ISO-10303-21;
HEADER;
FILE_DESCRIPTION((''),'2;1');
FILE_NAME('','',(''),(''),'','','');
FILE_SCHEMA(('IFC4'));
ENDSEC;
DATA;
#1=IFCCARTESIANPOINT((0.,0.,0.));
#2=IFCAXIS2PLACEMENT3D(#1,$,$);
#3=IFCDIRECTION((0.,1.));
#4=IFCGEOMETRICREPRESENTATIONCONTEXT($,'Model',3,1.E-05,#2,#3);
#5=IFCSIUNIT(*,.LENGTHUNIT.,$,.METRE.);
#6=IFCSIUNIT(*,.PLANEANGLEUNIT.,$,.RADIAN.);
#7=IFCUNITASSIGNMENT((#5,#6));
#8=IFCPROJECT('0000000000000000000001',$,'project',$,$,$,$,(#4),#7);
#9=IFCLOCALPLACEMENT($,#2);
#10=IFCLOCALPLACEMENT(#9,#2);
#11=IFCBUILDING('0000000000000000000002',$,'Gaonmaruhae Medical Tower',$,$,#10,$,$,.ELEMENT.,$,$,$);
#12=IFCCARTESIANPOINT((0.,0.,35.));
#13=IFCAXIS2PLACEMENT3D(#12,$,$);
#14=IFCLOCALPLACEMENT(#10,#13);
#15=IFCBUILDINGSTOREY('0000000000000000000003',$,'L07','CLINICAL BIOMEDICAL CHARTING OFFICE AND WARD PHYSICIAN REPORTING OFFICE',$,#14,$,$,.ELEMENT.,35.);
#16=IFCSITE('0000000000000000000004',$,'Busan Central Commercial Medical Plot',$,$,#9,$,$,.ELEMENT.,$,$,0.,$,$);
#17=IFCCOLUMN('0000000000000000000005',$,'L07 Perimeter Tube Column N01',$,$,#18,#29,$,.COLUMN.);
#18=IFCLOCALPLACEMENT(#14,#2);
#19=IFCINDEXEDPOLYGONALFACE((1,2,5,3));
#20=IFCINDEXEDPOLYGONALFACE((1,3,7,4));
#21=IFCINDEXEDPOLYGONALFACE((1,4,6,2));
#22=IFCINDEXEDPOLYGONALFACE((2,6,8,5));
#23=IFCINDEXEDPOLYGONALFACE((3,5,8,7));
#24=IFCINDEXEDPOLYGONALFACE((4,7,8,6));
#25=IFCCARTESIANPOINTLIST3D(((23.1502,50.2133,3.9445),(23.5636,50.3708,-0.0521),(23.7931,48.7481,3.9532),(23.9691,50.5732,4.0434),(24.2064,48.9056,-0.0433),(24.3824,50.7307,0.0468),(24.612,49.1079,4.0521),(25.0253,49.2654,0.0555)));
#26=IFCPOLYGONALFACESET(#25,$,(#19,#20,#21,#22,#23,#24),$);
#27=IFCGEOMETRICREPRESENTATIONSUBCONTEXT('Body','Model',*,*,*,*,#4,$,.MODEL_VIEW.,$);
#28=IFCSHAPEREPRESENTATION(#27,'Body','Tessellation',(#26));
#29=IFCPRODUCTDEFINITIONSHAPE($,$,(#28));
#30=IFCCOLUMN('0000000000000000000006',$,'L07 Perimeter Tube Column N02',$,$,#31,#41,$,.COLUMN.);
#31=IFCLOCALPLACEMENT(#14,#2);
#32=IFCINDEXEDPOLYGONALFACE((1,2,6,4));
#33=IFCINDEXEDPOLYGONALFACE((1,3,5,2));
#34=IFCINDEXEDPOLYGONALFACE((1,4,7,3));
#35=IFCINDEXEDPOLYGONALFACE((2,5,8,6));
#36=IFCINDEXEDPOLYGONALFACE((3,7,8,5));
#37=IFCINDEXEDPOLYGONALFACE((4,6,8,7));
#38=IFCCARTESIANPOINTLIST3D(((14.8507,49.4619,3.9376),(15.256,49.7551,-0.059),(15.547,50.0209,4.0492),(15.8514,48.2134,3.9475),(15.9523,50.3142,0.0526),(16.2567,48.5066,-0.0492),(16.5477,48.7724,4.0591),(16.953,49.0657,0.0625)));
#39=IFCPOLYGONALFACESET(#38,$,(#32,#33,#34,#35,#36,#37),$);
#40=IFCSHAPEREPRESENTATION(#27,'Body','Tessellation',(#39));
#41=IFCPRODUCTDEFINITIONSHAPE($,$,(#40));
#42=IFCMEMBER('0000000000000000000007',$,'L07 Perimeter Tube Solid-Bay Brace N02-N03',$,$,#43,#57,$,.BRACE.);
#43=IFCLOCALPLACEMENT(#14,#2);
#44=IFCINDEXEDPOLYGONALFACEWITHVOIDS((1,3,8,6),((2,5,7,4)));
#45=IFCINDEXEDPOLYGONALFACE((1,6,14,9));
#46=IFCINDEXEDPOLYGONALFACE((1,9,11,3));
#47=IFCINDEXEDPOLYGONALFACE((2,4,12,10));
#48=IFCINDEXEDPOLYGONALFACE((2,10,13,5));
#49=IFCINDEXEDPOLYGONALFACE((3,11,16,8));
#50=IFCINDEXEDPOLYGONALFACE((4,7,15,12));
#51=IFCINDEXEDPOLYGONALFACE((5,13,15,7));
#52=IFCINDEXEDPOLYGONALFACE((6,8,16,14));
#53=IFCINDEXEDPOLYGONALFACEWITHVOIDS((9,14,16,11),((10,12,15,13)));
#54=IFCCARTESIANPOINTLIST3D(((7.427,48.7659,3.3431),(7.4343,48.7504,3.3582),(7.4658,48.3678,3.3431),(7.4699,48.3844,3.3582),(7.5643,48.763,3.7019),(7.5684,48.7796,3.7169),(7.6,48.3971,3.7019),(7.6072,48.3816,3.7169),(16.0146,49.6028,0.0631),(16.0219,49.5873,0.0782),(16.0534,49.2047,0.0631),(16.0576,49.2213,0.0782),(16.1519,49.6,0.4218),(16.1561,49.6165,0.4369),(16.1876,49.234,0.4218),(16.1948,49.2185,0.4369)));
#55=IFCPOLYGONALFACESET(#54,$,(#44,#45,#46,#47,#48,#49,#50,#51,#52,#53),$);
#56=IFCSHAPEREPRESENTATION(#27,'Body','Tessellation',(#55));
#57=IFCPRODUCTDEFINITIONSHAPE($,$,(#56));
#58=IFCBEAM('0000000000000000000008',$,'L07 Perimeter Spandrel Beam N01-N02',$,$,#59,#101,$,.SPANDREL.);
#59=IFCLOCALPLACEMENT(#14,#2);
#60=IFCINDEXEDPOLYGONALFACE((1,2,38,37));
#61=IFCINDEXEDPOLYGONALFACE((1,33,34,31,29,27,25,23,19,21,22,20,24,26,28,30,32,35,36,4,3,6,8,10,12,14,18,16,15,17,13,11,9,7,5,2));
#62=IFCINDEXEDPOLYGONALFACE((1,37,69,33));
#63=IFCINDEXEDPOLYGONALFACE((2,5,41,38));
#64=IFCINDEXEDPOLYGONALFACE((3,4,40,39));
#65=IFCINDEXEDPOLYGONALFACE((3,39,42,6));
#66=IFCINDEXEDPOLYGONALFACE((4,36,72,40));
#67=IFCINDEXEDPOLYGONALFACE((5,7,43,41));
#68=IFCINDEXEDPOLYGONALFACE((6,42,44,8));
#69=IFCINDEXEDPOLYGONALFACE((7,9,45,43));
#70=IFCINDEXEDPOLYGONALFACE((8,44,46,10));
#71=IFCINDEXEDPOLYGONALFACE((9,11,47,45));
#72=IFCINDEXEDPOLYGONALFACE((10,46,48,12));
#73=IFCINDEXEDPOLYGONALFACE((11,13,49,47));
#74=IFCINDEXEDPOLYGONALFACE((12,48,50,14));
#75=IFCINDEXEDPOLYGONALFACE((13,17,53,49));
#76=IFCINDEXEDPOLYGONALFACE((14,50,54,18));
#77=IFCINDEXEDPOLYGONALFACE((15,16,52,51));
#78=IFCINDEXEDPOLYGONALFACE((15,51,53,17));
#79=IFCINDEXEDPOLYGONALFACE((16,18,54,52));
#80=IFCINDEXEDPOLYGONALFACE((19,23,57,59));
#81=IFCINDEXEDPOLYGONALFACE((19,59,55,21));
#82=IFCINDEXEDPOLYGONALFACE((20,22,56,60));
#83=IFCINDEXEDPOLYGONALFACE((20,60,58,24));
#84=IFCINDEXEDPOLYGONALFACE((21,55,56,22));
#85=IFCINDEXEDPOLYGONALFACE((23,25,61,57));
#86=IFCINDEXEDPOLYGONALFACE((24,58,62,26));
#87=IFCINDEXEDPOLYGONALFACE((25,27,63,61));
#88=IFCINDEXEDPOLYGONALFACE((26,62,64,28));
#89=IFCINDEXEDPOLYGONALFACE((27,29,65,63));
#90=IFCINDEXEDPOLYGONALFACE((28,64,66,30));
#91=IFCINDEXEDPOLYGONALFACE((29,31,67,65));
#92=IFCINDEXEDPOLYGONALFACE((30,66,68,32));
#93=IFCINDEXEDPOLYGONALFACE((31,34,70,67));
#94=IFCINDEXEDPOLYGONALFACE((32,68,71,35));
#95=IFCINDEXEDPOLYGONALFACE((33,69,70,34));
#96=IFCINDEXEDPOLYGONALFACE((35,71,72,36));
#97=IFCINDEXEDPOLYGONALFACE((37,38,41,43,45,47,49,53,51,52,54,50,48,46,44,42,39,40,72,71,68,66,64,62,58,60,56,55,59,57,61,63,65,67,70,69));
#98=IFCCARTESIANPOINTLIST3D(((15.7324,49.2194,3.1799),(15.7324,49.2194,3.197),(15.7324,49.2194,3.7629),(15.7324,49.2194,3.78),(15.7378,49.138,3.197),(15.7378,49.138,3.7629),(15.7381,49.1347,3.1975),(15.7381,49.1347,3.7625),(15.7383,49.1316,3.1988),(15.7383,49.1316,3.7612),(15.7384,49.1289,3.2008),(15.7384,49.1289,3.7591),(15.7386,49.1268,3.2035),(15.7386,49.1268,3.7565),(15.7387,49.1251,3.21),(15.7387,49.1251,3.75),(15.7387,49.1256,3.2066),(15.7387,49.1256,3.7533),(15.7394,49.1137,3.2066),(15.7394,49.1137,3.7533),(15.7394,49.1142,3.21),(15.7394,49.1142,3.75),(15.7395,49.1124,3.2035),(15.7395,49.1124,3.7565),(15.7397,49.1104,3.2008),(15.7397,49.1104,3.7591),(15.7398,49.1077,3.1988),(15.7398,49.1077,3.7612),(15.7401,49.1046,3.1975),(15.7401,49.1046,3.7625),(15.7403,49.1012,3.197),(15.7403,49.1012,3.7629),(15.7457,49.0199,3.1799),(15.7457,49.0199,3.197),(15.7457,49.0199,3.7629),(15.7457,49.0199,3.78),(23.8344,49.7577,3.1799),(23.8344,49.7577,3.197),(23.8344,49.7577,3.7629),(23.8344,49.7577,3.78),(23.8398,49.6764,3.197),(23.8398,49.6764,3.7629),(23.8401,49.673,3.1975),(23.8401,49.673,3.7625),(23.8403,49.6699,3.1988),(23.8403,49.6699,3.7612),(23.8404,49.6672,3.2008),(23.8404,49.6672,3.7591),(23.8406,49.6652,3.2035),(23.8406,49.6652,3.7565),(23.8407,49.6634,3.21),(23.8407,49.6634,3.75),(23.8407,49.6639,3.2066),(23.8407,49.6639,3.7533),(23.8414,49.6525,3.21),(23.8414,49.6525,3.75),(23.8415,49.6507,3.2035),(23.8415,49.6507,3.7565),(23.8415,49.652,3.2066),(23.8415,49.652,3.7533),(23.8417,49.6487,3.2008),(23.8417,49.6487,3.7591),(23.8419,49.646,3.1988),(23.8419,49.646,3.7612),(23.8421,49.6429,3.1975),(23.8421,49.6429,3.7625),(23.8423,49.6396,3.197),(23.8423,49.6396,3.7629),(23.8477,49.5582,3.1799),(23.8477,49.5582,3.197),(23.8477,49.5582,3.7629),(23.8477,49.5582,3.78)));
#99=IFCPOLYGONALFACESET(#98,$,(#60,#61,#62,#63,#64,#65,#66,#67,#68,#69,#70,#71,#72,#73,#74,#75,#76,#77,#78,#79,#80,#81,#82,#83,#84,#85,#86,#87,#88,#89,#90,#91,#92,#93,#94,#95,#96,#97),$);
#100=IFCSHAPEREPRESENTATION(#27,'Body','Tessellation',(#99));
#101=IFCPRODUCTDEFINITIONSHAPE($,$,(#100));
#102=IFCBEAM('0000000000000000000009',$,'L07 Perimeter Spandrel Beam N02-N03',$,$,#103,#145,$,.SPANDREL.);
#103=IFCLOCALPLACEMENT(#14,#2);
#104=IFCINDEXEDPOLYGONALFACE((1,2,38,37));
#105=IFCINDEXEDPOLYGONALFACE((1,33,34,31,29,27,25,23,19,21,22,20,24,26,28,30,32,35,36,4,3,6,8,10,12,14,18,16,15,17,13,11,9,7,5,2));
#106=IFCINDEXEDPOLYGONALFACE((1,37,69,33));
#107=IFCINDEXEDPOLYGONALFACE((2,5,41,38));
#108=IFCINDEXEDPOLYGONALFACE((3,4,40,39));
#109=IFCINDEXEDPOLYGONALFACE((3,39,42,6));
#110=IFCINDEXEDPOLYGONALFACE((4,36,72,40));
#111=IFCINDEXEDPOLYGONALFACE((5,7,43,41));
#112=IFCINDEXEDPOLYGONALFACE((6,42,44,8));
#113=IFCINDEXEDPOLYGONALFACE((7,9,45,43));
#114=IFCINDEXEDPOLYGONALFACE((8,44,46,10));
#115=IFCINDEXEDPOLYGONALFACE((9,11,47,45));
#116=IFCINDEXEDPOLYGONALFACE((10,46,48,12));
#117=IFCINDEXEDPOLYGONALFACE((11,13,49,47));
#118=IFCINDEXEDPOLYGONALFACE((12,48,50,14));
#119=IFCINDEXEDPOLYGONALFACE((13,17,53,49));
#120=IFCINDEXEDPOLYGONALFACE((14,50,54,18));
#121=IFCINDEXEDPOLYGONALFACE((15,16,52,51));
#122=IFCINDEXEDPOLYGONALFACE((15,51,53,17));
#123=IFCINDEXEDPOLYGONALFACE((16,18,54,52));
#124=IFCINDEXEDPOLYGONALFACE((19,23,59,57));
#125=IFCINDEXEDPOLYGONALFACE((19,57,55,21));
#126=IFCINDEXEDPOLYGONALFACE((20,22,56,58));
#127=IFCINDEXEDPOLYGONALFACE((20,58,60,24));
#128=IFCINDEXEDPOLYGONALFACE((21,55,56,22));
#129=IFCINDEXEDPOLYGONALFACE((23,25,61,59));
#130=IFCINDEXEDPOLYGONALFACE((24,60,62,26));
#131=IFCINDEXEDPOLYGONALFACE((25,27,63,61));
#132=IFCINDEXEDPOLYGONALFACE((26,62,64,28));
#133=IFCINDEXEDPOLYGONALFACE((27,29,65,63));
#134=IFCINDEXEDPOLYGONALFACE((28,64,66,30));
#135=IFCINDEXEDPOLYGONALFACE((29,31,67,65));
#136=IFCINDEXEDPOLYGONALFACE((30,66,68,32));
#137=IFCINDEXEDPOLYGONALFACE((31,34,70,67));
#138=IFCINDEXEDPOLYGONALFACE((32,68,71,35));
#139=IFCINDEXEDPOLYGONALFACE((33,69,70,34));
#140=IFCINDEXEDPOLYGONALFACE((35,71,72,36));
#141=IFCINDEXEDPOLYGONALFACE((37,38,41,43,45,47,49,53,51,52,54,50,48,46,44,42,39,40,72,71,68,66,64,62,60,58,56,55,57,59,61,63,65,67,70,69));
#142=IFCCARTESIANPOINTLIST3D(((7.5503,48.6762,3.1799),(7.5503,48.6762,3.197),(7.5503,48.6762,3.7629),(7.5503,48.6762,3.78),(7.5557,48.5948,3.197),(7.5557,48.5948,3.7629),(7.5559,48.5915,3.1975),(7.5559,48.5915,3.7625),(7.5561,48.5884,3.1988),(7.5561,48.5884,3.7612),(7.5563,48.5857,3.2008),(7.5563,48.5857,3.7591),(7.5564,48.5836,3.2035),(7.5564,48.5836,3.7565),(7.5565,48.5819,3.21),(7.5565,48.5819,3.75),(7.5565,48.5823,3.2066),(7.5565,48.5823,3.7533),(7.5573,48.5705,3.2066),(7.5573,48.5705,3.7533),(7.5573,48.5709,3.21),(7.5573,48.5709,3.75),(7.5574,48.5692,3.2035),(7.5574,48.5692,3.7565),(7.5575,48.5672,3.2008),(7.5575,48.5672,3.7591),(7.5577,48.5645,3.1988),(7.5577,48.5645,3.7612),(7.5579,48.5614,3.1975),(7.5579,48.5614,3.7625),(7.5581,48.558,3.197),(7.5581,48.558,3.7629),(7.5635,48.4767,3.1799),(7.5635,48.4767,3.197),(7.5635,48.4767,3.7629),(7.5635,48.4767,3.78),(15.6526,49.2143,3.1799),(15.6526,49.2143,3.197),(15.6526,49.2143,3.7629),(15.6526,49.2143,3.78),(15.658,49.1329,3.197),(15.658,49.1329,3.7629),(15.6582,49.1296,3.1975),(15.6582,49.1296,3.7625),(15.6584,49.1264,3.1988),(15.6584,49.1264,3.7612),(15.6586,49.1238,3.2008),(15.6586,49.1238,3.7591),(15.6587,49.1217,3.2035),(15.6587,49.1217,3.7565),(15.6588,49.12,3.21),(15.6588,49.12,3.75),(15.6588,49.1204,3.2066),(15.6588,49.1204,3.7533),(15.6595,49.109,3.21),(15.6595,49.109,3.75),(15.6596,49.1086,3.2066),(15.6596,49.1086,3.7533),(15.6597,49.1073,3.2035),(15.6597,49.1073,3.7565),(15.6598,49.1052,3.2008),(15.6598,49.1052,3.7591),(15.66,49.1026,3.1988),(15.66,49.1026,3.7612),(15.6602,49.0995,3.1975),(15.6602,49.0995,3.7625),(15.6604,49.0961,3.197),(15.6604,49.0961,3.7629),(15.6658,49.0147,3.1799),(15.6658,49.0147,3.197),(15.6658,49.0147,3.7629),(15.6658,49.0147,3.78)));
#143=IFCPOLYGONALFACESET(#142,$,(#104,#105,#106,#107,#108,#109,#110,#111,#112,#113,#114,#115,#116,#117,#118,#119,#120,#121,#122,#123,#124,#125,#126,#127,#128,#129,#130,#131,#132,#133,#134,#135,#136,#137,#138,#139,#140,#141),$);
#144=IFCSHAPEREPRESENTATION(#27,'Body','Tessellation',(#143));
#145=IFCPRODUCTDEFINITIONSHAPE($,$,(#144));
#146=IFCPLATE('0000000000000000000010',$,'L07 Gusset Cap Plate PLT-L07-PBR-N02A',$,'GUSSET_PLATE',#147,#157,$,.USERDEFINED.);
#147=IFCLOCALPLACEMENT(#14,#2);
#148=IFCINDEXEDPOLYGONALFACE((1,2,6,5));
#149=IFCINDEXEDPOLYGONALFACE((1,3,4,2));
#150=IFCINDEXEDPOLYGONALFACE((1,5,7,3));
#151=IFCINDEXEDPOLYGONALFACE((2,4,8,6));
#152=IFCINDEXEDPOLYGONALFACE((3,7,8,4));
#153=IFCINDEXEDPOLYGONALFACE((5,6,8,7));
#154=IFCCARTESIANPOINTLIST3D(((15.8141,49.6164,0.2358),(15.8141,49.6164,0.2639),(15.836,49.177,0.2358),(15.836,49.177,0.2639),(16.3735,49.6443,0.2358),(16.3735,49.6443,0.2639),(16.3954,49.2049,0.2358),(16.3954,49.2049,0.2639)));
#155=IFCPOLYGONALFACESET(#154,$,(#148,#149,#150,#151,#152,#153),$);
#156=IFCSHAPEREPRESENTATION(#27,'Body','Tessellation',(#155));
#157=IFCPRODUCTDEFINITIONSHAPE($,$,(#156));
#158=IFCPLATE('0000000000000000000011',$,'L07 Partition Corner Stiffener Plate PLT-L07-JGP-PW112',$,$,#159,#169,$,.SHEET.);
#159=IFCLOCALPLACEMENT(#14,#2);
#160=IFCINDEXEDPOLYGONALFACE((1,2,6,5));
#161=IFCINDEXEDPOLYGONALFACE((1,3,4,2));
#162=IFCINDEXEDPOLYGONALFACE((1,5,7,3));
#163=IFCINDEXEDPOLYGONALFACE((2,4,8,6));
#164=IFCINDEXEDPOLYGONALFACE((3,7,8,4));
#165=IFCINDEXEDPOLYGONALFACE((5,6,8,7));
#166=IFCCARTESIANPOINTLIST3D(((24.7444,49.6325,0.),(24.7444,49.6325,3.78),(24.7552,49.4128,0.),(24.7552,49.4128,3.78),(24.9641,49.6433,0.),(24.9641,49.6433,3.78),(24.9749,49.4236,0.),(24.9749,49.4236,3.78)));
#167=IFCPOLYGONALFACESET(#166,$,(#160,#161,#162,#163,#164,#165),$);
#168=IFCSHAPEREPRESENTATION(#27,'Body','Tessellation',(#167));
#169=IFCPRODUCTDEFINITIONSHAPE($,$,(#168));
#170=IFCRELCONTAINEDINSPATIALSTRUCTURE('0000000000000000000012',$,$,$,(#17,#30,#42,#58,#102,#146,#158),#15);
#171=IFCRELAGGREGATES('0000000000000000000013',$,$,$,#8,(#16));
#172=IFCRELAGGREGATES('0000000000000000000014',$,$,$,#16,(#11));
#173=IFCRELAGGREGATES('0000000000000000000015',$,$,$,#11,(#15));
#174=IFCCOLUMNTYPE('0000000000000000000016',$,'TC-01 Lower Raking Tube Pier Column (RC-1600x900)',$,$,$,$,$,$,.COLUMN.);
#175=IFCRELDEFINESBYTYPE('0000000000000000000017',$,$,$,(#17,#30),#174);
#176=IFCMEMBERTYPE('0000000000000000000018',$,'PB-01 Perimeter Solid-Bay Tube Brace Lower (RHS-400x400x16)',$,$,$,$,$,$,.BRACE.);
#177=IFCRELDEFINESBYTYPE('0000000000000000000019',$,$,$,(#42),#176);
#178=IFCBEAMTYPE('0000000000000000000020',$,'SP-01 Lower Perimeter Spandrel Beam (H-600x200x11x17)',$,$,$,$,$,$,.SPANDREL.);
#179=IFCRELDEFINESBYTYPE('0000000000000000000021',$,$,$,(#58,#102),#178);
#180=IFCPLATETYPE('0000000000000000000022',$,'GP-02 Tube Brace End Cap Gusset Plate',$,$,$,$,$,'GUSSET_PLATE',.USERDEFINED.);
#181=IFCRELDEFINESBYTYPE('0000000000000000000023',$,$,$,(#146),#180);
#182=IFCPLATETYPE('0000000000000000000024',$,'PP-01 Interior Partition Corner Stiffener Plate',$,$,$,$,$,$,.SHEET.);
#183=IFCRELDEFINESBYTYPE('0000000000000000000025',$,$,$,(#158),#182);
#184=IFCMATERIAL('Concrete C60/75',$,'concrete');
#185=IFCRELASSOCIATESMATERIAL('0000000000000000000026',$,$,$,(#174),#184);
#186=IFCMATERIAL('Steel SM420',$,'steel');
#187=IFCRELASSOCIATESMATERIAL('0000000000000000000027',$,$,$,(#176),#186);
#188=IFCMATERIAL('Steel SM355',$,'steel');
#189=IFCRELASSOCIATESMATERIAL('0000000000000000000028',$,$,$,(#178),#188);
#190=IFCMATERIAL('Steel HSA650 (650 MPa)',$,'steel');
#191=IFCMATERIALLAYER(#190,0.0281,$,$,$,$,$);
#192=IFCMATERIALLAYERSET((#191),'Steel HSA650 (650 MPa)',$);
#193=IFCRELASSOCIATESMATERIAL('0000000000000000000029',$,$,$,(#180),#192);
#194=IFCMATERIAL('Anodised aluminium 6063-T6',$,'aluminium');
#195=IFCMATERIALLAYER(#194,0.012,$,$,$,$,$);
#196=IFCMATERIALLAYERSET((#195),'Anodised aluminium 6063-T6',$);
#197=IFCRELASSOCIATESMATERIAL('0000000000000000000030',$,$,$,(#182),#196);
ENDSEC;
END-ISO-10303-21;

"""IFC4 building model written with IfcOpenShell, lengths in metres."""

from ifc_helpers import new_model, si_unit, direction, frame, origin, origin_2d, place, context, subcontext, project, spatial, rectangle, hollow_rectangle, i_section, extrude, material, layer, layer_set, material_profile, profile_set, type_object, element, save


model = new_model("IFC4")

# Units and contexts
model_context = context("Model", 3, precision=1e-05, world=origin(), true_north=direction((0.0, 1.0)))
body_context = subcontext(model_context, "Body", "Model", "MODEL_VIEW")
ifc_project = project(units=[si_unit("LENGTHUNIT", "METRE"), si_unit("PLANEANGLEUNIT", "RADIAN")], contexts=[model_context])

# Site, building, storey
site_placement = place(None, origin())
site = spatial("IfcSite", under=ifc_project, at=site_placement, Name="Busan Central Commercial Medical Plot", CompositionType="ELEMENT", RefElevation=0.0)
building_placement = place(site_placement, origin())
building = spatial("IfcBuilding", under=site, at=building_placement, Name="Gaonmaruhae Medical Tower", CompositionType="ELEMENT")
storey_placement = place(building_placement, frame((0.0, 0.0, 35.0)))
storey = spatial("IfcBuildingStorey", under=building, at=storey_placement, Name="L07", Description="CLINICAL BIOMEDICAL CHARTING OFFICE AND WARD PHYSICIAN REPORTING OFFICE", CompositionType="ELEMENT", Elevation=35.0)

# Columns
ifc_material_1 = material(Name="Concrete C60/75", Category="concrete")
ifc_material_profile_1 = material_profile(ifc_material_1, rectangle(XDim=1.6001, YDim=0.8999, at=origin_2d()), Name="RC-1600x900")
ifc_profile_set_1 = profile_set([ifc_material_profile_1], Name="Concrete C60/75")
column_type = type_object("IfcColumnType", Name="TC-01 Lower Raking Tube Pier Column (RC-1600x900)", PredefinedType="COLUMN", material=ifc_profile_set_1)
column_1_placement = place(storey_placement, frame((24.2944, 49.8181, 0.0017), z_axis=(-0.102793, -0.039162, 0.993932), x_axis=(0.40176, -0.915729, 0.005469)))
element("IfcColumn", 1, at=column_1_placement, inside=storey, type_object=column_type, Name="L07 Perimeter Tube Column N01", PredefinedType="COLUMN", context=body_context, shape_type="SweptSolid", body=[
    extrude(rectangle(XDim=1.6001, YDim=0.8999, at=origin_2d()), origin(), (0.0, 0.0, 1.0), 4.021),
])
column_2_placement = place(storey_placement, frame((16.1045, 49.4104, 0.0017), z_axis=(-0.10062, -0.072798, 0.992258), x_axis=(0.625414, -0.780268, 0.006175)))
element("IfcColumn", 2, at=column_2_placement, inside=storey, type_object=column_type, Name="L07 Perimeter Tube Column N02", PredefinedType="COLUMN", context=body_context, shape_type="SweptSolid", body=[
    extrude(rectangle(XDim=1.6001, YDim=0.8999, at=origin_2d()), origin(), (0.0, 0.0, 1.0), 4.0278),
])

# Member
ifc_material_2 = material(Name="Steel SM420", Category="steel")
ifc_material_profile_2 = material_profile(ifc_material_2, hollow_rectangle(XDim=0.3999, YDim=0.3999, WallThickness=0.0161, at=origin_2d()), Name="RHS-400x400x16")
ifc_profile_set_2 = profile_set([ifc_material_profile_2], Name="Steel SM420")
member_type = type_object("IfcMemberType", Name="PB-01 Perimeter Solid-Bay Tube Brace Lower (RHS-400x400x16)", PredefinedType="BRACE", material=ifc_profile_set_2)
member_placement = place(storey_placement, frame((16.1047, 49.4106, 0.25), z_axis=(-0.930331, -0.090666, 0.355337), x_axis=(0.096996, -0.995285, 0.0)))
element("IfcMember", 3, at=member_placement, inside=storey, type_object=member_type, Name="L07 Perimeter Tube Solid-Bay Brace N02-N03", PredefinedType="BRACE", context=body_context, shape_type="SweptSolid", body=[
    extrude(hollow_rectangle(XDim=0.3999, YDim=0.3999, WallThickness=0.0161, at=origin_2d()), origin(), (0.0, 0.0, 1.0), 9.2307),
])

# Beams
ifc_material_3 = material(Name="Steel SM355", Category="steel")
ifc_material_profile_3 = material_profile(ifc_material_3, i_section(OverallWidth=0.2, OverallDepth=0.6001, WebThickness=0.011, FlangeThickness=0.0171, FilletRadius=0.0129, at=origin_2d()), Name="H-600x200x11x17")
ifc_profile_set_3 = profile_set([ifc_material_profile_3], Name="Steel SM355")
beam_type = type_object("IfcBeamType", Name="SP-01 Lower Perimeter Spandrel Beam (H-600x200x11x17)", PredefinedType="SPANDREL", material=ifc_profile_set_3)
beam_1_placement = place(storey_placement, frame((23.8411, 49.658, 3.48), z_axis=(-0.9978, -0.066297, 0.0), x_axis=(0.066297, -0.9978, 0.0)))
element("IfcBeam", 4, at=beam_1_placement, inside=storey, type_object=beam_type, Name="L07 Perimeter Spandrel Beam N01-N02", PredefinedType="SPANDREL", context=body_context, shape_type="SweptSolid", body=[
    extrude(i_section(OverallWidth=0.2, OverallDepth=0.6001, WebThickness=0.011, FlangeThickness=0.0171, FilletRadius=0.0129, at=origin_2d()), origin(), (0.0, 0.0, 1.0), 8.1199),
])
beam_2_placement = place(storey_placement, frame((15.6592, 49.1145, 3.48), z_axis=(-0.997802, -0.066266, 0.0), x_axis=(0.066266, -0.997802, 0.0)))
element("IfcBeam", 5, at=beam_2_placement, inside=storey, type_object=beam_type, Name="L07 Perimeter Spandrel Beam N02-N03", PredefinedType="SPANDREL", context=body_context, shape_type="SweptSolid", body=[
    extrude(i_section(OverallWidth=0.2, OverallDepth=0.6001, WebThickness=0.011, FlangeThickness=0.0171, FilletRadius=0.0129, at=origin_2d()), origin(), (0.0, 0.0, 1.0), 8.1201),
])

# Plates
ifc_material_4 = material(Name="Steel HSA650 (650 MPa)", Category="steel")
ifc_layer_1 = layer(ifc_material_4, 0.0281)
ifc_layer_set_1 = layer_set([ifc_layer_1], Name="Steel HSA650 (650 MPa)")
plate_type_1 = type_object("IfcPlateType", Name="GP-02 Tube Brace End Cap Gusset Plate", ElementType="GUSSET_PLATE", PredefinedType="USERDEFINED", material=ifc_layer_set_1)
plate_1_placement = place(storey_placement, frame((16.1047, 49.4106, 0.2358), z_axis=(0.0, 0.0, 1.0), x_axis=(0.998763, 0.049721, 0.0)))
element("IfcPlate", 6, at=plate_1_placement, inside=storey, type_object=plate_type_1, Name="L07 Gusset Cap Plate PLT-L07-PBR-N02A", ObjectType="GUSSET_PLATE", PredefinedType="USERDEFINED", context=body_context, shape_type="SweptSolid", body=[
    extrude(rectangle(XDim=0.5601, YDim=0.4399, at=origin_2d()), origin(), (0.0, 0.0, 1.0), 0.0281),
])
ifc_material_5 = material(Name="Anodised aluminium 6063-T6", Category="aluminium")
ifc_layer_2 = layer(ifc_material_5, 0.012)
ifc_layer_set_2 = layer_set([ifc_layer_2], Name="Anodised aluminium 6063-T6")
plate_type_2 = type_object("IfcPlateType", Name="PP-01 Interior Partition Corner Stiffener Plate", PredefinedType="SHEET", material=ifc_layer_set_2)
plate_2_placement = place(storey_placement, frame((24.8596, 49.5281, 0.0), z_axis=(0.0, 0.0, 1.0), x_axis=(0.049181, -0.99879, 0.0)))
element("IfcPlate", 7, at=plate_2_placement, inside=storey, type_object=plate_type_2, Name="L07 Partition Corner Stiffener Plate PLT-L07-JGP-PW112", PredefinedType="SHEET", context=body_context, shape_type="SweptSolid", body=[
    extrude(rectangle(XDim=0.22, YDim=0.22, at=origin_2d()), origin(), (0.0, 0.0, 1.0), 3.78),
])

save(model, "model.ifc")
